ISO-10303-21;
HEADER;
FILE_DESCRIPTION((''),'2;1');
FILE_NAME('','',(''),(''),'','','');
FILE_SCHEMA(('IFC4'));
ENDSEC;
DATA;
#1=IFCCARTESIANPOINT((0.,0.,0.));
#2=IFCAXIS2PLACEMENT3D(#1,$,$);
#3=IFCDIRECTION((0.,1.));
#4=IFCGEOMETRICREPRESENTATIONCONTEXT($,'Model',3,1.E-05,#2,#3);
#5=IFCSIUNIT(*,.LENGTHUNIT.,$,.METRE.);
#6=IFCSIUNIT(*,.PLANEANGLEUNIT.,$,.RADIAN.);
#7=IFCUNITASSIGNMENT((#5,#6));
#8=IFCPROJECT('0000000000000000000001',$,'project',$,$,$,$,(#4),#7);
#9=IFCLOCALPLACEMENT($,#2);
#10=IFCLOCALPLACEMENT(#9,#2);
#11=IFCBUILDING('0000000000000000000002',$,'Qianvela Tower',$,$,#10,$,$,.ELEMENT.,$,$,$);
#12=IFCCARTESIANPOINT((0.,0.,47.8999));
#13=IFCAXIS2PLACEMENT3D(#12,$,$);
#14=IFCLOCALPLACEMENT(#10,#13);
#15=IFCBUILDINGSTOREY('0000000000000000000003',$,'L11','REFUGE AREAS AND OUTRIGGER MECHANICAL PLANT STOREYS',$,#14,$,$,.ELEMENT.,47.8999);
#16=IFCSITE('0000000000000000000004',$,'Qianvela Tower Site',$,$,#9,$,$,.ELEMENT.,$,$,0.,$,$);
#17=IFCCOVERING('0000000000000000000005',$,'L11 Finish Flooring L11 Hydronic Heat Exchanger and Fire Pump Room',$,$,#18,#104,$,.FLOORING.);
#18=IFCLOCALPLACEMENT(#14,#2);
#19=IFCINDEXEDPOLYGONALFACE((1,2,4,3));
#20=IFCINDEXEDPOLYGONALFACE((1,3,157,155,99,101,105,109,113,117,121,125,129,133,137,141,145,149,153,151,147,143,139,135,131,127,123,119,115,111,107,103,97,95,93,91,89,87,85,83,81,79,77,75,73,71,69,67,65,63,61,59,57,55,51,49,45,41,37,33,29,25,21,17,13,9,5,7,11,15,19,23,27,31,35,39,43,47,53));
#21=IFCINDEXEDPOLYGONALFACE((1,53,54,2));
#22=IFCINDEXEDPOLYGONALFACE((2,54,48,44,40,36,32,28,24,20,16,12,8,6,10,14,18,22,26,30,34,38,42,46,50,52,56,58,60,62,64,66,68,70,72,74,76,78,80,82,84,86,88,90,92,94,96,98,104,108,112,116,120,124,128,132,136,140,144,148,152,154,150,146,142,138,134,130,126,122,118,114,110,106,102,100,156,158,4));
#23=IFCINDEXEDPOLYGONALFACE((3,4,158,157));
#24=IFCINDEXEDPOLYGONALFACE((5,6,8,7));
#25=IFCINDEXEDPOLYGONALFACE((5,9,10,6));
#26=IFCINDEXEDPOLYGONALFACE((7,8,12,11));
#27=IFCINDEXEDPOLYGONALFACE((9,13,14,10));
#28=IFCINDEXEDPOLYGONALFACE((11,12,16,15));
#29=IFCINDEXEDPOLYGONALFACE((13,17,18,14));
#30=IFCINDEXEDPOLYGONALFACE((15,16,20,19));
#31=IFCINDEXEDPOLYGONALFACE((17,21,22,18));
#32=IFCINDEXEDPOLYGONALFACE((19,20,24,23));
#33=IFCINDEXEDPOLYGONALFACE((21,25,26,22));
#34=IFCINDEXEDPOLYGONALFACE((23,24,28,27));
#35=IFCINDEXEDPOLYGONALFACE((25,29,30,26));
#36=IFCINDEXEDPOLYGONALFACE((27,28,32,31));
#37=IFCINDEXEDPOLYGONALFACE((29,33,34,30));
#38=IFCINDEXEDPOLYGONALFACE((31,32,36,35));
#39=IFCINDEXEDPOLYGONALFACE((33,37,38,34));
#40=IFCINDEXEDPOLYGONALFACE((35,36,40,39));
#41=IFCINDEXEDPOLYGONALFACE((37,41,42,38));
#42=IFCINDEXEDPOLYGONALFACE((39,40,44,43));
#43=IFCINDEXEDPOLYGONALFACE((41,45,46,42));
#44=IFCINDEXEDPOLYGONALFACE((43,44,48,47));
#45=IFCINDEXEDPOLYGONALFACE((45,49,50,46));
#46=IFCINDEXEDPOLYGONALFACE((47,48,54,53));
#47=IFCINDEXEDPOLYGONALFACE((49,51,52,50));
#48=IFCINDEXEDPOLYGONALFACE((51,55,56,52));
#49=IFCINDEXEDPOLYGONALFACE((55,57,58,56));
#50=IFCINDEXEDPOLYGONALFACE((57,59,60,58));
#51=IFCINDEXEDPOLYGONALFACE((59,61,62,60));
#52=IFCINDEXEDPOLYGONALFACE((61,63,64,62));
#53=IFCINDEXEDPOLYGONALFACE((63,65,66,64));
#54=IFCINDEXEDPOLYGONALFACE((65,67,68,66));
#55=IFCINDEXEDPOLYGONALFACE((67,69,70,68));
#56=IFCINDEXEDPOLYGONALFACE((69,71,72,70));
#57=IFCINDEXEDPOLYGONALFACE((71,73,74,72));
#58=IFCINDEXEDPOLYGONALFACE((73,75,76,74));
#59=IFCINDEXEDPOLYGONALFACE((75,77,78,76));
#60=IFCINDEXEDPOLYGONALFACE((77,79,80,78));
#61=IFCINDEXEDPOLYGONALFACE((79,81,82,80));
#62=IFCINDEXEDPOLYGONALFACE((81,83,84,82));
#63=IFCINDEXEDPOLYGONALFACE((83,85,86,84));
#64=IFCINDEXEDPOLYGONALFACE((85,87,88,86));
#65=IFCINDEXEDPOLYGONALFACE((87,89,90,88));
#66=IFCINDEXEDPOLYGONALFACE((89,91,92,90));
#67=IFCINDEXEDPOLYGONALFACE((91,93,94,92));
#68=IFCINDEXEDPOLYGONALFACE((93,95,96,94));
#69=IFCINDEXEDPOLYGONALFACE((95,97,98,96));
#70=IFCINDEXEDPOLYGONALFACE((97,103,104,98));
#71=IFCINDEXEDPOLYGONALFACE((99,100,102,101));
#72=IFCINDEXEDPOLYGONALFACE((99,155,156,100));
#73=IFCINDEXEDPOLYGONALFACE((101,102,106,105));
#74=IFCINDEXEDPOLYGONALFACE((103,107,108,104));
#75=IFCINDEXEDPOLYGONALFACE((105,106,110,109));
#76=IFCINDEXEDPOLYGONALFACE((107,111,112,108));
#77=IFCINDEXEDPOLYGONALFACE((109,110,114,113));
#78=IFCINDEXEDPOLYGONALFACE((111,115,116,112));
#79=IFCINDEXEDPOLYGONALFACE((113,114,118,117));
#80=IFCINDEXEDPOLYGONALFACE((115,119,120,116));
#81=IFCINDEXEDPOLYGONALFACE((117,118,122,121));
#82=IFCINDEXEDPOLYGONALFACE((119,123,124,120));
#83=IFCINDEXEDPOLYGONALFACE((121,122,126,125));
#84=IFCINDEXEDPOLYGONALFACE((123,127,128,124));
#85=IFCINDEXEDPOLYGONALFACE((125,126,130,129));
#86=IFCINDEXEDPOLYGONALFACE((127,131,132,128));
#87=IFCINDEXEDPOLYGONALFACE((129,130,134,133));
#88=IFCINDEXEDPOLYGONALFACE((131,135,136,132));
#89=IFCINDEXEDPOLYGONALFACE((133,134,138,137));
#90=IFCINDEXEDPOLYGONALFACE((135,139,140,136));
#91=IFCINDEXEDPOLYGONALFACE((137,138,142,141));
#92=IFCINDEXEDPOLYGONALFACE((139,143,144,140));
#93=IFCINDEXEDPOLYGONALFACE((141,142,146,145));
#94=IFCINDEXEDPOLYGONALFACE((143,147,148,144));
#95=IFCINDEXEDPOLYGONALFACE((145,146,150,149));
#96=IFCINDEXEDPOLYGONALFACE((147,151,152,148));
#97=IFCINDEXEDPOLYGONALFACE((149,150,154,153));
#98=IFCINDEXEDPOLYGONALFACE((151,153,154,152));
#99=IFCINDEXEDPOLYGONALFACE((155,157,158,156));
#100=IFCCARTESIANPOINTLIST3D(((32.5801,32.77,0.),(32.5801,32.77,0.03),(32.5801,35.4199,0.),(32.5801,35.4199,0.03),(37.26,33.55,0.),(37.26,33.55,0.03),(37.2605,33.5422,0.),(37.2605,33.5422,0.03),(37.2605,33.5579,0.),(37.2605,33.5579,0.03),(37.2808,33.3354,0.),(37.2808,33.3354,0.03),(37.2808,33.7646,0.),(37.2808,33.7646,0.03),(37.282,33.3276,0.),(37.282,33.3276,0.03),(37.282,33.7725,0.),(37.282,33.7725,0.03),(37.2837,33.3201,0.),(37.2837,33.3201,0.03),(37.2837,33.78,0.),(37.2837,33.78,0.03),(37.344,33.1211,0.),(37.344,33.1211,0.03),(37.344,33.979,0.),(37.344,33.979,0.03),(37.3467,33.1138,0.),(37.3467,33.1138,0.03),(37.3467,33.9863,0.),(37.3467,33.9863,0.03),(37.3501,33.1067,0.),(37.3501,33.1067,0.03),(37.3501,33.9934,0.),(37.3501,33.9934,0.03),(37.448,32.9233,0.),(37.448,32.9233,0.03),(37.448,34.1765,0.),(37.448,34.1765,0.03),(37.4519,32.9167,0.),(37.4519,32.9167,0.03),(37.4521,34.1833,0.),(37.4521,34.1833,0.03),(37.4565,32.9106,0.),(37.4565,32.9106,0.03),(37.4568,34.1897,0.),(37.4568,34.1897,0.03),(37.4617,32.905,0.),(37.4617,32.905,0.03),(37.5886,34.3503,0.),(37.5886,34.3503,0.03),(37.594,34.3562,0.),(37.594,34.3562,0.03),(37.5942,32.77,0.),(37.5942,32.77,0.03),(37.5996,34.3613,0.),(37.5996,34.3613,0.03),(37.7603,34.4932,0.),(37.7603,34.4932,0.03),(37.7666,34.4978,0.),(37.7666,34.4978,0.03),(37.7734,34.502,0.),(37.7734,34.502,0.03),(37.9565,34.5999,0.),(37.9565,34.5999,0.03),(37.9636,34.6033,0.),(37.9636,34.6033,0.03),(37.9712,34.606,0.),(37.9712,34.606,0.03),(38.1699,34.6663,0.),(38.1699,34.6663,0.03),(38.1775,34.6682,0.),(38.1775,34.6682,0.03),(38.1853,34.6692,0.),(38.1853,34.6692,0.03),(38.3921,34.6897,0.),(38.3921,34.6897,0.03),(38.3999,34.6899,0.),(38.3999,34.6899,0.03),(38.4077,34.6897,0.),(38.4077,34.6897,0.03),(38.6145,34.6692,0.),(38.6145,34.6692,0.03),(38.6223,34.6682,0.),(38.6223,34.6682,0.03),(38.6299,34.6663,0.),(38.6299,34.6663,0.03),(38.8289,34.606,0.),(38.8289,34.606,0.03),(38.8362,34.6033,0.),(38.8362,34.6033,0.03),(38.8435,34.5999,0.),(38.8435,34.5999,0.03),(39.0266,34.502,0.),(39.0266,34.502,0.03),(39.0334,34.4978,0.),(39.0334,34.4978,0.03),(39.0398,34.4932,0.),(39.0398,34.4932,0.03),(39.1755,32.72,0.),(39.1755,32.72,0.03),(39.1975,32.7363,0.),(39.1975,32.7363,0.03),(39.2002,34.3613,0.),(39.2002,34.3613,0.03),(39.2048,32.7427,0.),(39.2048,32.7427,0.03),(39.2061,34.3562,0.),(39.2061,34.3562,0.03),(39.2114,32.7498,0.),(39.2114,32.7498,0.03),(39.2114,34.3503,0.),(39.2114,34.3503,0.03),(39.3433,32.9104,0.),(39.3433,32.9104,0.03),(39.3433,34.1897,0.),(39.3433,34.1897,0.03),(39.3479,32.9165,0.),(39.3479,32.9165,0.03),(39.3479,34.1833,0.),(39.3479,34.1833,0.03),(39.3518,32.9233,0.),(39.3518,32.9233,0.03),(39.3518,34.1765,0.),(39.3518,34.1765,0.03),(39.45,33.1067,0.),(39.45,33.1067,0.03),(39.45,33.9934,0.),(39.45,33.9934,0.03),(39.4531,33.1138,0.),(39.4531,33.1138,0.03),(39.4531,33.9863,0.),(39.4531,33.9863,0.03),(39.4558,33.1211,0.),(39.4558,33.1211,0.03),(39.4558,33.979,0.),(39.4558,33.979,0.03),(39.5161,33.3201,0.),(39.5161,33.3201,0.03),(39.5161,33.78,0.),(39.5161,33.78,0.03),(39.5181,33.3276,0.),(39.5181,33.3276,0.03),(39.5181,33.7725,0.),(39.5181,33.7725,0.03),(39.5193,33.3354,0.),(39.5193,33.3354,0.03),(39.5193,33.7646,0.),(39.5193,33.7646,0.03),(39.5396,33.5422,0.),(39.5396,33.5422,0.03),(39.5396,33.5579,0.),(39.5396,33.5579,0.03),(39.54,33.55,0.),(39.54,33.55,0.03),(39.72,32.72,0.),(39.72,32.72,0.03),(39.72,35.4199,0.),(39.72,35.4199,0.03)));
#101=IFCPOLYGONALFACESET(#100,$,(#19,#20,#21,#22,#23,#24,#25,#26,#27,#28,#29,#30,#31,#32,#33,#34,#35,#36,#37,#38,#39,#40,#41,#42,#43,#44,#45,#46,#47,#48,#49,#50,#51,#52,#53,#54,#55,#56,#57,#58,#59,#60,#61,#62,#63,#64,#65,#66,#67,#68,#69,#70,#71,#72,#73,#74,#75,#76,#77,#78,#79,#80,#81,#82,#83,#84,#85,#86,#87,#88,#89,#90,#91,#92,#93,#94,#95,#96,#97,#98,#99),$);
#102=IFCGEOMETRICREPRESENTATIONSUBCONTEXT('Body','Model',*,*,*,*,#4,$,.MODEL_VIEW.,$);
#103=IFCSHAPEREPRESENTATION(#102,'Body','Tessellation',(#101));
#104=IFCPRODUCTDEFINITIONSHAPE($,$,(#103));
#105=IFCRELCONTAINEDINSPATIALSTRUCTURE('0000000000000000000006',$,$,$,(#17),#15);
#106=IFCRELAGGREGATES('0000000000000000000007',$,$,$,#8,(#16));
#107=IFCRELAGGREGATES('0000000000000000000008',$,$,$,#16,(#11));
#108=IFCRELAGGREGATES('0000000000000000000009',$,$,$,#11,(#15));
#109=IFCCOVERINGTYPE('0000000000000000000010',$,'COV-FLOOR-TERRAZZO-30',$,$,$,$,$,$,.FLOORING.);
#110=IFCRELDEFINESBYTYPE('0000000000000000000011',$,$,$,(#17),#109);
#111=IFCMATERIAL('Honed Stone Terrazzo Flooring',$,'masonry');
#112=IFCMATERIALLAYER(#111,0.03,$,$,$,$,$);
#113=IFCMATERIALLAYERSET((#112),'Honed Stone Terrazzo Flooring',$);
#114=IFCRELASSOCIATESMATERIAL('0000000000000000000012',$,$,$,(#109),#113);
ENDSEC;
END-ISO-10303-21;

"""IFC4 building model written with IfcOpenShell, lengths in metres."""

from ifc_helpers import new_model, si_unit, direction, frame, origin, place, context, subcontext, project, spatial, polyline, outline, extrude, material, layer, layer_set, type_object, element, save


model = new_model("IFC4")

# Units and contexts
model_context = context("Model", 3, precision=1e-05, world=origin(), true_north=direction((0.0, 1.0)))
body_context = subcontext(model_context, "Body", "Model", "MODEL_VIEW")
ifc_project = project(units=[si_unit("LENGTHUNIT", "METRE"), si_unit("PLANEANGLEUNIT", "RADIAN")], contexts=[model_context])

# Site, building, storey
site_placement = place(None, origin())
site = spatial("IfcSite", under=ifc_project, at=site_placement, Name="Qianvela Tower Site", CompositionType="ELEMENT", RefElevation=0.0)
building_placement = place(site_placement, origin())
building = spatial("IfcBuilding", under=site, at=building_placement, Name="Qianvela Tower", CompositionType="ELEMENT")
storey_placement = place(building_placement, frame((0.0, 0.0, 47.8999)))
storey = spatial("IfcBuildingStorey", under=building, at=storey_placement, Name="L11", Description="REFUGE AREAS AND OUTRIGGER MECHANICAL PLANT STOREYS", CompositionType="ELEMENT", Elevation=47.8999)

# Covering
ifc_material_1 = material(Name="Honed Stone Terrazzo Flooring", Category="masonry")
ifc_layer_1 = layer(ifc_material_1, 0.03)
ifc_layer_set_1 = layer_set([ifc_layer_1], Name="Honed Stone Terrazzo Flooring")
covering_type_1 = type_object("IfcCoveringType", Name="COV-FLOOR-TERRAZZO-30", PredefinedType="FLOORING", material=ifc_layer_set_1)
covering_1_placement = place(storey_placement, origin())
element("IfcCovering", 1, at=covering_1_placement, inside=storey, type_object=covering_type_1, Name="L11 Finish Flooring L11 Hydronic Heat Exchanger and Fire Pump Room", PredefinedType="FLOORING", context=body_context, shape_type="SweptSolid", body=[
    extrude(outline(polyline([(32.5801, 32.77), (32.5801, 35.4199), (39.72, 35.4199), (39.72, 32.72), (39.1755, 32.72), (39.1975, 32.7363), (39.2048, 32.7427), (39.2114, 32.7498), (39.3433, 32.9104), (39.3479, 32.9165), (39.3518, 32.9233), (39.45, 33.1067), (39.4531, 33.1138), (39.4558, 33.1211), (39.5161, 33.3201), (39.5181, 33.3276), (39.5193, 33.3354), (39.5396, 33.5422), (39.54, 33.55), (39.5396, 33.5579), (39.5193, 33.7646), (39.5181, 33.7725), (39.5161, 33.78), (39.4558, 33.979), (39.4531, 33.9863), (39.45, 33.9934), (39.3518, 34.1765), (39.3479, 34.1833), (39.3433, 34.1897), (39.2114, 34.3503), (39.2061, 34.3562), (39.2002, 34.3613), (39.0398, 34.4932), (39.0334, 34.4978), (39.0266, 34.502), (38.8435, 34.5999), (38.8362, 34.6033), (38.8289, 34.606), (38.6299, 34.6663), (38.6223, 34.6682), (38.6145, 34.6692), (38.4077, 34.6897), (38.3999, 34.6899), (38.3921, 34.6897), (38.1853, 34.6692), (38.1775, 34.6682), (38.1699, 34.6663), (37.9712, 34.606), (37.9636, 34.6033), (37.9565, 34.5999), (37.7734, 34.502), (37.7666, 34.4978), (37.7603, 34.4932), (37.5996, 34.3613), (37.594, 34.3562), (37.5886, 34.3503), (37.4568, 34.1897), (37.4521, 34.1833), (37.448, 34.1765), (37.3501, 33.9934), (37.3467, 33.9863), (37.344, 33.979), (37.2837, 33.78), (37.282, 33.7725), (37.2808, 33.7646), (37.2605, 33.5579), (37.26, 33.55), (37.2605, 33.5422), (37.2808, 33.3354), (37.282, 33.3276), (37.2837, 33.3201), (37.344, 33.1211), (37.3467, 33.1138), (37.3501, 33.1067), (37.448, 32.9233), (37.4519, 32.9167), (37.4565, 32.9106), (37.4617, 32.905), (37.5942, 32.77), (32.5801, 32.77)])), origin(), (0.0, 0.0, 1.0), 0.03),
])

save(model, "model.ifc")
